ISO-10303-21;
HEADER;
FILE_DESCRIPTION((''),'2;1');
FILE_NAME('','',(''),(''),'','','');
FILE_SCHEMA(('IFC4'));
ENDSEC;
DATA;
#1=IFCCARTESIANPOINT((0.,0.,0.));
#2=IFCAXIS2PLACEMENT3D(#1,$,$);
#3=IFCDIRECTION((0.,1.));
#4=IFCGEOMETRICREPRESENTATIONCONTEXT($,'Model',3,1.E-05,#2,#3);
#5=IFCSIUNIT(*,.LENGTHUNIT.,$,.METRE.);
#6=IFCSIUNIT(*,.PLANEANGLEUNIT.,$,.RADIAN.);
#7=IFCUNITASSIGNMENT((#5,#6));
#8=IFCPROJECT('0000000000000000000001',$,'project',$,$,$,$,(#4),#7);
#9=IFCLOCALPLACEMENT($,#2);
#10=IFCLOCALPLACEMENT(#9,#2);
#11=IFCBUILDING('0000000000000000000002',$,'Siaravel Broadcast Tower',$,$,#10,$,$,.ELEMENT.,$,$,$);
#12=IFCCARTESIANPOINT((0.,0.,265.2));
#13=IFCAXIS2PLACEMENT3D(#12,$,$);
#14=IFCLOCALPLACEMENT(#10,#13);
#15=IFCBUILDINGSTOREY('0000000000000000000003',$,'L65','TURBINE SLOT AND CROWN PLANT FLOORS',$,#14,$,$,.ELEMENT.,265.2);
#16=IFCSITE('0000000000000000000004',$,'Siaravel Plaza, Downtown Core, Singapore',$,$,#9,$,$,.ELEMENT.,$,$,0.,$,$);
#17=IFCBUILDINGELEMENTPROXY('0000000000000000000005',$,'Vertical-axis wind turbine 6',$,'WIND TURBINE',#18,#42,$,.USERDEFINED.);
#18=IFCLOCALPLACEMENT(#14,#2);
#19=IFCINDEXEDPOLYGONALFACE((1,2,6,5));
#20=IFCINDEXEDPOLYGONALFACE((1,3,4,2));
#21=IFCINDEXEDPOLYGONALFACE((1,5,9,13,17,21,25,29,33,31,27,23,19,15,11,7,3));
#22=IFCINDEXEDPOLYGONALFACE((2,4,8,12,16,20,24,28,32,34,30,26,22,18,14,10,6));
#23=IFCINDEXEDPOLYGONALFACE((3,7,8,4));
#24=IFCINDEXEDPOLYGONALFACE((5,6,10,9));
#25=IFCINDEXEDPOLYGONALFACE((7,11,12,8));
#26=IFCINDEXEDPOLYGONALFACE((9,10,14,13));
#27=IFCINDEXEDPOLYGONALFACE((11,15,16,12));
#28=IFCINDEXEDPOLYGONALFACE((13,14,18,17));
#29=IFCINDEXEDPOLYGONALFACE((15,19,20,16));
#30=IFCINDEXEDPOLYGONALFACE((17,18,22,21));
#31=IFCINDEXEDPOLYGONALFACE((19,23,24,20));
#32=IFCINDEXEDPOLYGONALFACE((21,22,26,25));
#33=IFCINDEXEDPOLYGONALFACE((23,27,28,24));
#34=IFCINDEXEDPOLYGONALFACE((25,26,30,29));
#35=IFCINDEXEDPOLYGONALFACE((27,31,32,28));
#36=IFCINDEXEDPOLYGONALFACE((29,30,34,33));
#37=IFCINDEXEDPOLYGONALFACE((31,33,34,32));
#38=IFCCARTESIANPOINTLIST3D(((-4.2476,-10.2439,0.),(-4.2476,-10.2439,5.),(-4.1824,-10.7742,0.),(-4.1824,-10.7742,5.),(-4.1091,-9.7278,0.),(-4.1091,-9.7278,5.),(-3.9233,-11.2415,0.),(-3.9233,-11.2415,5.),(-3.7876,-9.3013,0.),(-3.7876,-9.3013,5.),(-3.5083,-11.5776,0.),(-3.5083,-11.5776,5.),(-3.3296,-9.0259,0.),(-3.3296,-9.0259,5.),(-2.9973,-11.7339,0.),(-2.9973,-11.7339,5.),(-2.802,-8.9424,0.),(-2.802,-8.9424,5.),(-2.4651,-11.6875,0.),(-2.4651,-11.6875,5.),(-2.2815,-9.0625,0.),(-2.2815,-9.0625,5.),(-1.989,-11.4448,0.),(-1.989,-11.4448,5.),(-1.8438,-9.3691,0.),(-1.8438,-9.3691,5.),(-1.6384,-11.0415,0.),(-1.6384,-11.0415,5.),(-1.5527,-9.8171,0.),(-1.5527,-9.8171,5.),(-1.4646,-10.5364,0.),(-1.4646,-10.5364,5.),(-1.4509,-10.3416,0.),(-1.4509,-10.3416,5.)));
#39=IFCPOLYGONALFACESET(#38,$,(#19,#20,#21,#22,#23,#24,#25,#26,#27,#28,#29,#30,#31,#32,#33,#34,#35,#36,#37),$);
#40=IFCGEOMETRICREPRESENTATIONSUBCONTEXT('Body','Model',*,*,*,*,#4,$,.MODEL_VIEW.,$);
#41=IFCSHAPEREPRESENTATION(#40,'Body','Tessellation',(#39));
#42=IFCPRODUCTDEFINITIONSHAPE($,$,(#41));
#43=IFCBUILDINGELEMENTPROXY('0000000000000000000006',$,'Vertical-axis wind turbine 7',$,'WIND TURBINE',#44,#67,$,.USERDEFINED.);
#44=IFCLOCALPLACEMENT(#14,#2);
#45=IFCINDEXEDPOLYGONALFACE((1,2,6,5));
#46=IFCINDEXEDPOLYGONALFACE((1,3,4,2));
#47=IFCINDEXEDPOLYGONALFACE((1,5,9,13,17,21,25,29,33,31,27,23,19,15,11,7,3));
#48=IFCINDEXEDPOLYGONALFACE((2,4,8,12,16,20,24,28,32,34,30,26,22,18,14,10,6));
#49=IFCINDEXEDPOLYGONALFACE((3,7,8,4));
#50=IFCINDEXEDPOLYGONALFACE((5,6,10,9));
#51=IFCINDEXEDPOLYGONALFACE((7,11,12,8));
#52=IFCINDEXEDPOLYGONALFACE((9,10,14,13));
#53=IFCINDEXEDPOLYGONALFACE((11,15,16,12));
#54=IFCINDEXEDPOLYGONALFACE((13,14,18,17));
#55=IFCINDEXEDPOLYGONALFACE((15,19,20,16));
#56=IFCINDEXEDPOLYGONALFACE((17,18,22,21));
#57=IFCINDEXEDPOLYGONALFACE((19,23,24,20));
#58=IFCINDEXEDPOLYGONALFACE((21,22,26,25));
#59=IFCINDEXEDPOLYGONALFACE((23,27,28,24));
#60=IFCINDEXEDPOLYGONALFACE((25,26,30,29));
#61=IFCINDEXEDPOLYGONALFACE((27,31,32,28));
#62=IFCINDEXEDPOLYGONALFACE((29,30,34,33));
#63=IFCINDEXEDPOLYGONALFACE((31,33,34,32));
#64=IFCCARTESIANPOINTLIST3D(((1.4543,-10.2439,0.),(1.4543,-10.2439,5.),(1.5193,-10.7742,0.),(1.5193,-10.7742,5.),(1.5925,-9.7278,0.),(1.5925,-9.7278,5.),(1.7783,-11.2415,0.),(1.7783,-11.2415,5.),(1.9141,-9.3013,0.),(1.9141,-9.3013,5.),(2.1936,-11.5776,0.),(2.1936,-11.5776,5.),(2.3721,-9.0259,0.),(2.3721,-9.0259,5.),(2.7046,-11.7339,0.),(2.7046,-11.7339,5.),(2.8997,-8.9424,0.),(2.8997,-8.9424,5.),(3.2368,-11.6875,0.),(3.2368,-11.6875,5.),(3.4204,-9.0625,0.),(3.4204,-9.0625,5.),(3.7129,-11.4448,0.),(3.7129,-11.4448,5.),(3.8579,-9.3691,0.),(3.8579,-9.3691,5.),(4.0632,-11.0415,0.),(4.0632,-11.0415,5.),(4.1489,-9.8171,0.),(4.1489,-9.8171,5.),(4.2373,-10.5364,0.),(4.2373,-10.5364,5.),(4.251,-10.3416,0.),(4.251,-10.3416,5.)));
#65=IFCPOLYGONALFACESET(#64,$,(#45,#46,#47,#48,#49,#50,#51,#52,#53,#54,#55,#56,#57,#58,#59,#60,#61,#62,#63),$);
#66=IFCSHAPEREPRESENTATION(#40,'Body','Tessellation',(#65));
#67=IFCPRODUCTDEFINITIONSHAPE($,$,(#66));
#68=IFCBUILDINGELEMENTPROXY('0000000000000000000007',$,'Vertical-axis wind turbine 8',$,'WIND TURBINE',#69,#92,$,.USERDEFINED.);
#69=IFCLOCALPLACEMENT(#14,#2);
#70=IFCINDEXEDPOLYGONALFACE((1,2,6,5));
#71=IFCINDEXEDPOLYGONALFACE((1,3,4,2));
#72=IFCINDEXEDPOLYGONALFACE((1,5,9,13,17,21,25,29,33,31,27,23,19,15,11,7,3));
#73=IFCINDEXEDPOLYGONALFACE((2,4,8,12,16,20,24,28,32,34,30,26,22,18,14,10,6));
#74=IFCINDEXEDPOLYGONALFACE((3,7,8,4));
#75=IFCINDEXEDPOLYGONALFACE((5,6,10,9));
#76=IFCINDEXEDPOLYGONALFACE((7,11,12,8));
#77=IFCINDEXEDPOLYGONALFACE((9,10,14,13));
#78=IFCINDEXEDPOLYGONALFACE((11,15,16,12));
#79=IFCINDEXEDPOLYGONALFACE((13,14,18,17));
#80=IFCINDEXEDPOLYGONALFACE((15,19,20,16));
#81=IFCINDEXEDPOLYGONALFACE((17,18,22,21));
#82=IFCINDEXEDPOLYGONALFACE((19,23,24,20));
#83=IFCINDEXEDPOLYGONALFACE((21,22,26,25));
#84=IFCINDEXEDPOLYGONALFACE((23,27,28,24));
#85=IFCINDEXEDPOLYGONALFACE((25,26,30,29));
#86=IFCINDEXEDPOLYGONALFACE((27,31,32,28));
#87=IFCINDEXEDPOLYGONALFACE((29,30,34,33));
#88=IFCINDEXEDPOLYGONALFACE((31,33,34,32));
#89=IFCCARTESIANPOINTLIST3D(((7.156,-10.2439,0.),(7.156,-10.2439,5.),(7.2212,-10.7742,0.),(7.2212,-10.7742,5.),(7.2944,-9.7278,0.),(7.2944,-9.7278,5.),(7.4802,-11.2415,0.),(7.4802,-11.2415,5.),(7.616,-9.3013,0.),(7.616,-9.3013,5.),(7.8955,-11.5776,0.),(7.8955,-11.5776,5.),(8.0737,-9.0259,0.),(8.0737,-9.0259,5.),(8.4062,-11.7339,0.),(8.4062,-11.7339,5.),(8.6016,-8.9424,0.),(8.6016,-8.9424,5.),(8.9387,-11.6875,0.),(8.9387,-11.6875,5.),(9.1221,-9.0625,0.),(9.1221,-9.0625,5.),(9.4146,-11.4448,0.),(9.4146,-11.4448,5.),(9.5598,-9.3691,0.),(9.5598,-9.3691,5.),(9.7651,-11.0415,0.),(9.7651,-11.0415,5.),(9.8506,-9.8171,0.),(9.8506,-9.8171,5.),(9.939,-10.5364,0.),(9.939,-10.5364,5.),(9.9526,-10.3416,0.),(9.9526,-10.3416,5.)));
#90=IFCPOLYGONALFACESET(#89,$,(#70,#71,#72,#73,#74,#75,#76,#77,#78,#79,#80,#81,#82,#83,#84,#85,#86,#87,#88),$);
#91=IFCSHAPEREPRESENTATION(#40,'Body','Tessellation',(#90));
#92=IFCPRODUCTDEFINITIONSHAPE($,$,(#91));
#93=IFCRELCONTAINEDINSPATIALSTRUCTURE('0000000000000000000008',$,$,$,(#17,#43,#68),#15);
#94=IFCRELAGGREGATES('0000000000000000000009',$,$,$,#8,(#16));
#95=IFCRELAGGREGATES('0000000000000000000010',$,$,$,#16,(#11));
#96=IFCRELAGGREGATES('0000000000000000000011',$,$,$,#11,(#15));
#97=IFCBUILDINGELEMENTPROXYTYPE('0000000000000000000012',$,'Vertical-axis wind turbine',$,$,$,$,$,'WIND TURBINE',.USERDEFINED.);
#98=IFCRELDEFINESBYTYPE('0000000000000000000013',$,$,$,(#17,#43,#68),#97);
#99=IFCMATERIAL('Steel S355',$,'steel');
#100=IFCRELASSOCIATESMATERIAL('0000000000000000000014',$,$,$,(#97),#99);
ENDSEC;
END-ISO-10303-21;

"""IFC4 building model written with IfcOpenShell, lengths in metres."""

from ifc_helpers import new_model, si_unit, direction, frame, origin, place, context, subcontext, project, spatial, polyline, outline, extrude, material, type_object, element, save


model = new_model("IFC4")

# Units and contexts
model_context = context("Model", 3, precision=1e-05, world=origin(), true_north=direction((0.0, 1.0)))
body_context = subcontext(model_context, "Body", "Model", "MODEL_VIEW")
ifc_project = project(units=[si_unit("LENGTHUNIT", "METRE"), si_unit("PLANEANGLEUNIT", "RADIAN")], contexts=[model_context])

# Site, building, storey
site_placement = place(None, origin())
site = spatial("IfcSite", under=ifc_project, at=site_placement, Name="Siaravel Plaza, Downtown Core, Singapore", CompositionType="ELEMENT", RefElevation=0.0)
building_placement = place(site_placement, origin())
building = spatial("IfcBuilding", under=site, at=building_placement, Name="Siaravel Broadcast Tower", CompositionType="ELEMENT")
storey_placement = place(building_placement, frame((0.0, 0.0, 265.2)))
storey = spatial("IfcBuildingStorey", under=building, at=storey_placement, Name="L65", Description="TURBINE SLOT AND CROWN PLANT FLOORS", CompositionType="ELEMENT", Elevation=265.2)

# Shared definitions
ifc_material_1 = material(Name="Steel S355", Category="steel")

# Building element proxies
building_element_proxy_type = type_object("IfcBuildingElementProxyType", Name="Vertical-axis wind turbine", ElementType="WIND TURBINE", PredefinedType="USERDEFINED", material=ifc_material_1)
proxy_1_placement = place(storey_placement, origin())
element("IfcBuildingElementProxy", 1, at=proxy_1_placement, inside=storey, type_object=building_element_proxy_type, Name="Vertical-axis wind turbine 6", ObjectType="WIND TURBINE", PredefinedType="USERDEFINED", context=body_context, shape_type="SweptSolid", body=[
    extrude(outline(polyline([(-1.4509, -10.3416), (-1.5527, -9.8171), (-1.8438, -9.3691), (-2.2815, -9.0625), (-2.802, -8.9424), (-3.3296, -9.0259), (-3.7876, -9.3013), (-4.1091, -9.7278), (-4.2476, -10.2439), (-4.1824, -10.7742), (-3.9233, -11.2415), (-3.5083, -11.5776), (-2.9973, -11.7339), (-2.4651, -11.6875), (-1.989, -11.4448), (-1.6384, -11.0415), (-1.4646, -10.5364), (-1.4509, -10.3416)])), origin(), (0.0, 0.0, 1.0), 5.0),
])
proxy_2_placement = place(storey_placement, origin())
element("IfcBuildingElementProxy", 2, at=proxy_2_placement, inside=storey, type_object=building_element_proxy_type, Name="Vertical-axis wind turbine 7", ObjectType="WIND TURBINE", PredefinedType="USERDEFINED", context=body_context, shape_type="SweptSolid", body=[
    extrude(outline(polyline([(4.251, -10.3416), (4.1489, -9.8171), (3.8579, -9.3691), (3.4204, -9.0625), (2.8997, -8.9424), (2.3721, -9.0259), (1.9141, -9.3013), (1.5925, -9.7278), (1.4543, -10.2439), (1.5193, -10.7742), (1.7783, -11.2415), (2.1936, -11.5776), (2.7046, -11.7339), (3.2368, -11.6875), (3.7129, -11.4448), (4.0632, -11.0415), (4.2373, -10.5364), (4.251, -10.3416)])), origin(), (0.0, 0.0, 1.0), 5.0),
])
proxy_3_placement = place(storey_placement, origin())
element("IfcBuildingElementProxy", 3, at=proxy_3_placement, inside=storey, type_object=building_element_proxy_type, Name="Vertical-axis wind turbine 8", ObjectType="WIND TURBINE", PredefinedType="USERDEFINED", context=body_context, shape_type="SweptSolid", body=[
    extrude(outline(polyline([(9.9526, -10.3416), (9.8506, -9.8171), (9.5598, -9.3691), (9.1221, -9.0625), (8.6016, -8.9424), (8.0737, -9.0259), (7.616, -9.3013), (7.2944, -9.7278), (7.156, -10.2439), (7.2212, -10.7742), (7.4802, -11.2415), (7.8955, -11.5776), (8.4062, -11.7339), (8.9387, -11.6875), (9.4146, -11.4448), (9.7651, -11.0415), (9.939, -10.5364), (9.9526, -10.3416)])), origin(), (0.0, 0.0, 1.0), 5.0),
])

save(model, "model.ifc")
